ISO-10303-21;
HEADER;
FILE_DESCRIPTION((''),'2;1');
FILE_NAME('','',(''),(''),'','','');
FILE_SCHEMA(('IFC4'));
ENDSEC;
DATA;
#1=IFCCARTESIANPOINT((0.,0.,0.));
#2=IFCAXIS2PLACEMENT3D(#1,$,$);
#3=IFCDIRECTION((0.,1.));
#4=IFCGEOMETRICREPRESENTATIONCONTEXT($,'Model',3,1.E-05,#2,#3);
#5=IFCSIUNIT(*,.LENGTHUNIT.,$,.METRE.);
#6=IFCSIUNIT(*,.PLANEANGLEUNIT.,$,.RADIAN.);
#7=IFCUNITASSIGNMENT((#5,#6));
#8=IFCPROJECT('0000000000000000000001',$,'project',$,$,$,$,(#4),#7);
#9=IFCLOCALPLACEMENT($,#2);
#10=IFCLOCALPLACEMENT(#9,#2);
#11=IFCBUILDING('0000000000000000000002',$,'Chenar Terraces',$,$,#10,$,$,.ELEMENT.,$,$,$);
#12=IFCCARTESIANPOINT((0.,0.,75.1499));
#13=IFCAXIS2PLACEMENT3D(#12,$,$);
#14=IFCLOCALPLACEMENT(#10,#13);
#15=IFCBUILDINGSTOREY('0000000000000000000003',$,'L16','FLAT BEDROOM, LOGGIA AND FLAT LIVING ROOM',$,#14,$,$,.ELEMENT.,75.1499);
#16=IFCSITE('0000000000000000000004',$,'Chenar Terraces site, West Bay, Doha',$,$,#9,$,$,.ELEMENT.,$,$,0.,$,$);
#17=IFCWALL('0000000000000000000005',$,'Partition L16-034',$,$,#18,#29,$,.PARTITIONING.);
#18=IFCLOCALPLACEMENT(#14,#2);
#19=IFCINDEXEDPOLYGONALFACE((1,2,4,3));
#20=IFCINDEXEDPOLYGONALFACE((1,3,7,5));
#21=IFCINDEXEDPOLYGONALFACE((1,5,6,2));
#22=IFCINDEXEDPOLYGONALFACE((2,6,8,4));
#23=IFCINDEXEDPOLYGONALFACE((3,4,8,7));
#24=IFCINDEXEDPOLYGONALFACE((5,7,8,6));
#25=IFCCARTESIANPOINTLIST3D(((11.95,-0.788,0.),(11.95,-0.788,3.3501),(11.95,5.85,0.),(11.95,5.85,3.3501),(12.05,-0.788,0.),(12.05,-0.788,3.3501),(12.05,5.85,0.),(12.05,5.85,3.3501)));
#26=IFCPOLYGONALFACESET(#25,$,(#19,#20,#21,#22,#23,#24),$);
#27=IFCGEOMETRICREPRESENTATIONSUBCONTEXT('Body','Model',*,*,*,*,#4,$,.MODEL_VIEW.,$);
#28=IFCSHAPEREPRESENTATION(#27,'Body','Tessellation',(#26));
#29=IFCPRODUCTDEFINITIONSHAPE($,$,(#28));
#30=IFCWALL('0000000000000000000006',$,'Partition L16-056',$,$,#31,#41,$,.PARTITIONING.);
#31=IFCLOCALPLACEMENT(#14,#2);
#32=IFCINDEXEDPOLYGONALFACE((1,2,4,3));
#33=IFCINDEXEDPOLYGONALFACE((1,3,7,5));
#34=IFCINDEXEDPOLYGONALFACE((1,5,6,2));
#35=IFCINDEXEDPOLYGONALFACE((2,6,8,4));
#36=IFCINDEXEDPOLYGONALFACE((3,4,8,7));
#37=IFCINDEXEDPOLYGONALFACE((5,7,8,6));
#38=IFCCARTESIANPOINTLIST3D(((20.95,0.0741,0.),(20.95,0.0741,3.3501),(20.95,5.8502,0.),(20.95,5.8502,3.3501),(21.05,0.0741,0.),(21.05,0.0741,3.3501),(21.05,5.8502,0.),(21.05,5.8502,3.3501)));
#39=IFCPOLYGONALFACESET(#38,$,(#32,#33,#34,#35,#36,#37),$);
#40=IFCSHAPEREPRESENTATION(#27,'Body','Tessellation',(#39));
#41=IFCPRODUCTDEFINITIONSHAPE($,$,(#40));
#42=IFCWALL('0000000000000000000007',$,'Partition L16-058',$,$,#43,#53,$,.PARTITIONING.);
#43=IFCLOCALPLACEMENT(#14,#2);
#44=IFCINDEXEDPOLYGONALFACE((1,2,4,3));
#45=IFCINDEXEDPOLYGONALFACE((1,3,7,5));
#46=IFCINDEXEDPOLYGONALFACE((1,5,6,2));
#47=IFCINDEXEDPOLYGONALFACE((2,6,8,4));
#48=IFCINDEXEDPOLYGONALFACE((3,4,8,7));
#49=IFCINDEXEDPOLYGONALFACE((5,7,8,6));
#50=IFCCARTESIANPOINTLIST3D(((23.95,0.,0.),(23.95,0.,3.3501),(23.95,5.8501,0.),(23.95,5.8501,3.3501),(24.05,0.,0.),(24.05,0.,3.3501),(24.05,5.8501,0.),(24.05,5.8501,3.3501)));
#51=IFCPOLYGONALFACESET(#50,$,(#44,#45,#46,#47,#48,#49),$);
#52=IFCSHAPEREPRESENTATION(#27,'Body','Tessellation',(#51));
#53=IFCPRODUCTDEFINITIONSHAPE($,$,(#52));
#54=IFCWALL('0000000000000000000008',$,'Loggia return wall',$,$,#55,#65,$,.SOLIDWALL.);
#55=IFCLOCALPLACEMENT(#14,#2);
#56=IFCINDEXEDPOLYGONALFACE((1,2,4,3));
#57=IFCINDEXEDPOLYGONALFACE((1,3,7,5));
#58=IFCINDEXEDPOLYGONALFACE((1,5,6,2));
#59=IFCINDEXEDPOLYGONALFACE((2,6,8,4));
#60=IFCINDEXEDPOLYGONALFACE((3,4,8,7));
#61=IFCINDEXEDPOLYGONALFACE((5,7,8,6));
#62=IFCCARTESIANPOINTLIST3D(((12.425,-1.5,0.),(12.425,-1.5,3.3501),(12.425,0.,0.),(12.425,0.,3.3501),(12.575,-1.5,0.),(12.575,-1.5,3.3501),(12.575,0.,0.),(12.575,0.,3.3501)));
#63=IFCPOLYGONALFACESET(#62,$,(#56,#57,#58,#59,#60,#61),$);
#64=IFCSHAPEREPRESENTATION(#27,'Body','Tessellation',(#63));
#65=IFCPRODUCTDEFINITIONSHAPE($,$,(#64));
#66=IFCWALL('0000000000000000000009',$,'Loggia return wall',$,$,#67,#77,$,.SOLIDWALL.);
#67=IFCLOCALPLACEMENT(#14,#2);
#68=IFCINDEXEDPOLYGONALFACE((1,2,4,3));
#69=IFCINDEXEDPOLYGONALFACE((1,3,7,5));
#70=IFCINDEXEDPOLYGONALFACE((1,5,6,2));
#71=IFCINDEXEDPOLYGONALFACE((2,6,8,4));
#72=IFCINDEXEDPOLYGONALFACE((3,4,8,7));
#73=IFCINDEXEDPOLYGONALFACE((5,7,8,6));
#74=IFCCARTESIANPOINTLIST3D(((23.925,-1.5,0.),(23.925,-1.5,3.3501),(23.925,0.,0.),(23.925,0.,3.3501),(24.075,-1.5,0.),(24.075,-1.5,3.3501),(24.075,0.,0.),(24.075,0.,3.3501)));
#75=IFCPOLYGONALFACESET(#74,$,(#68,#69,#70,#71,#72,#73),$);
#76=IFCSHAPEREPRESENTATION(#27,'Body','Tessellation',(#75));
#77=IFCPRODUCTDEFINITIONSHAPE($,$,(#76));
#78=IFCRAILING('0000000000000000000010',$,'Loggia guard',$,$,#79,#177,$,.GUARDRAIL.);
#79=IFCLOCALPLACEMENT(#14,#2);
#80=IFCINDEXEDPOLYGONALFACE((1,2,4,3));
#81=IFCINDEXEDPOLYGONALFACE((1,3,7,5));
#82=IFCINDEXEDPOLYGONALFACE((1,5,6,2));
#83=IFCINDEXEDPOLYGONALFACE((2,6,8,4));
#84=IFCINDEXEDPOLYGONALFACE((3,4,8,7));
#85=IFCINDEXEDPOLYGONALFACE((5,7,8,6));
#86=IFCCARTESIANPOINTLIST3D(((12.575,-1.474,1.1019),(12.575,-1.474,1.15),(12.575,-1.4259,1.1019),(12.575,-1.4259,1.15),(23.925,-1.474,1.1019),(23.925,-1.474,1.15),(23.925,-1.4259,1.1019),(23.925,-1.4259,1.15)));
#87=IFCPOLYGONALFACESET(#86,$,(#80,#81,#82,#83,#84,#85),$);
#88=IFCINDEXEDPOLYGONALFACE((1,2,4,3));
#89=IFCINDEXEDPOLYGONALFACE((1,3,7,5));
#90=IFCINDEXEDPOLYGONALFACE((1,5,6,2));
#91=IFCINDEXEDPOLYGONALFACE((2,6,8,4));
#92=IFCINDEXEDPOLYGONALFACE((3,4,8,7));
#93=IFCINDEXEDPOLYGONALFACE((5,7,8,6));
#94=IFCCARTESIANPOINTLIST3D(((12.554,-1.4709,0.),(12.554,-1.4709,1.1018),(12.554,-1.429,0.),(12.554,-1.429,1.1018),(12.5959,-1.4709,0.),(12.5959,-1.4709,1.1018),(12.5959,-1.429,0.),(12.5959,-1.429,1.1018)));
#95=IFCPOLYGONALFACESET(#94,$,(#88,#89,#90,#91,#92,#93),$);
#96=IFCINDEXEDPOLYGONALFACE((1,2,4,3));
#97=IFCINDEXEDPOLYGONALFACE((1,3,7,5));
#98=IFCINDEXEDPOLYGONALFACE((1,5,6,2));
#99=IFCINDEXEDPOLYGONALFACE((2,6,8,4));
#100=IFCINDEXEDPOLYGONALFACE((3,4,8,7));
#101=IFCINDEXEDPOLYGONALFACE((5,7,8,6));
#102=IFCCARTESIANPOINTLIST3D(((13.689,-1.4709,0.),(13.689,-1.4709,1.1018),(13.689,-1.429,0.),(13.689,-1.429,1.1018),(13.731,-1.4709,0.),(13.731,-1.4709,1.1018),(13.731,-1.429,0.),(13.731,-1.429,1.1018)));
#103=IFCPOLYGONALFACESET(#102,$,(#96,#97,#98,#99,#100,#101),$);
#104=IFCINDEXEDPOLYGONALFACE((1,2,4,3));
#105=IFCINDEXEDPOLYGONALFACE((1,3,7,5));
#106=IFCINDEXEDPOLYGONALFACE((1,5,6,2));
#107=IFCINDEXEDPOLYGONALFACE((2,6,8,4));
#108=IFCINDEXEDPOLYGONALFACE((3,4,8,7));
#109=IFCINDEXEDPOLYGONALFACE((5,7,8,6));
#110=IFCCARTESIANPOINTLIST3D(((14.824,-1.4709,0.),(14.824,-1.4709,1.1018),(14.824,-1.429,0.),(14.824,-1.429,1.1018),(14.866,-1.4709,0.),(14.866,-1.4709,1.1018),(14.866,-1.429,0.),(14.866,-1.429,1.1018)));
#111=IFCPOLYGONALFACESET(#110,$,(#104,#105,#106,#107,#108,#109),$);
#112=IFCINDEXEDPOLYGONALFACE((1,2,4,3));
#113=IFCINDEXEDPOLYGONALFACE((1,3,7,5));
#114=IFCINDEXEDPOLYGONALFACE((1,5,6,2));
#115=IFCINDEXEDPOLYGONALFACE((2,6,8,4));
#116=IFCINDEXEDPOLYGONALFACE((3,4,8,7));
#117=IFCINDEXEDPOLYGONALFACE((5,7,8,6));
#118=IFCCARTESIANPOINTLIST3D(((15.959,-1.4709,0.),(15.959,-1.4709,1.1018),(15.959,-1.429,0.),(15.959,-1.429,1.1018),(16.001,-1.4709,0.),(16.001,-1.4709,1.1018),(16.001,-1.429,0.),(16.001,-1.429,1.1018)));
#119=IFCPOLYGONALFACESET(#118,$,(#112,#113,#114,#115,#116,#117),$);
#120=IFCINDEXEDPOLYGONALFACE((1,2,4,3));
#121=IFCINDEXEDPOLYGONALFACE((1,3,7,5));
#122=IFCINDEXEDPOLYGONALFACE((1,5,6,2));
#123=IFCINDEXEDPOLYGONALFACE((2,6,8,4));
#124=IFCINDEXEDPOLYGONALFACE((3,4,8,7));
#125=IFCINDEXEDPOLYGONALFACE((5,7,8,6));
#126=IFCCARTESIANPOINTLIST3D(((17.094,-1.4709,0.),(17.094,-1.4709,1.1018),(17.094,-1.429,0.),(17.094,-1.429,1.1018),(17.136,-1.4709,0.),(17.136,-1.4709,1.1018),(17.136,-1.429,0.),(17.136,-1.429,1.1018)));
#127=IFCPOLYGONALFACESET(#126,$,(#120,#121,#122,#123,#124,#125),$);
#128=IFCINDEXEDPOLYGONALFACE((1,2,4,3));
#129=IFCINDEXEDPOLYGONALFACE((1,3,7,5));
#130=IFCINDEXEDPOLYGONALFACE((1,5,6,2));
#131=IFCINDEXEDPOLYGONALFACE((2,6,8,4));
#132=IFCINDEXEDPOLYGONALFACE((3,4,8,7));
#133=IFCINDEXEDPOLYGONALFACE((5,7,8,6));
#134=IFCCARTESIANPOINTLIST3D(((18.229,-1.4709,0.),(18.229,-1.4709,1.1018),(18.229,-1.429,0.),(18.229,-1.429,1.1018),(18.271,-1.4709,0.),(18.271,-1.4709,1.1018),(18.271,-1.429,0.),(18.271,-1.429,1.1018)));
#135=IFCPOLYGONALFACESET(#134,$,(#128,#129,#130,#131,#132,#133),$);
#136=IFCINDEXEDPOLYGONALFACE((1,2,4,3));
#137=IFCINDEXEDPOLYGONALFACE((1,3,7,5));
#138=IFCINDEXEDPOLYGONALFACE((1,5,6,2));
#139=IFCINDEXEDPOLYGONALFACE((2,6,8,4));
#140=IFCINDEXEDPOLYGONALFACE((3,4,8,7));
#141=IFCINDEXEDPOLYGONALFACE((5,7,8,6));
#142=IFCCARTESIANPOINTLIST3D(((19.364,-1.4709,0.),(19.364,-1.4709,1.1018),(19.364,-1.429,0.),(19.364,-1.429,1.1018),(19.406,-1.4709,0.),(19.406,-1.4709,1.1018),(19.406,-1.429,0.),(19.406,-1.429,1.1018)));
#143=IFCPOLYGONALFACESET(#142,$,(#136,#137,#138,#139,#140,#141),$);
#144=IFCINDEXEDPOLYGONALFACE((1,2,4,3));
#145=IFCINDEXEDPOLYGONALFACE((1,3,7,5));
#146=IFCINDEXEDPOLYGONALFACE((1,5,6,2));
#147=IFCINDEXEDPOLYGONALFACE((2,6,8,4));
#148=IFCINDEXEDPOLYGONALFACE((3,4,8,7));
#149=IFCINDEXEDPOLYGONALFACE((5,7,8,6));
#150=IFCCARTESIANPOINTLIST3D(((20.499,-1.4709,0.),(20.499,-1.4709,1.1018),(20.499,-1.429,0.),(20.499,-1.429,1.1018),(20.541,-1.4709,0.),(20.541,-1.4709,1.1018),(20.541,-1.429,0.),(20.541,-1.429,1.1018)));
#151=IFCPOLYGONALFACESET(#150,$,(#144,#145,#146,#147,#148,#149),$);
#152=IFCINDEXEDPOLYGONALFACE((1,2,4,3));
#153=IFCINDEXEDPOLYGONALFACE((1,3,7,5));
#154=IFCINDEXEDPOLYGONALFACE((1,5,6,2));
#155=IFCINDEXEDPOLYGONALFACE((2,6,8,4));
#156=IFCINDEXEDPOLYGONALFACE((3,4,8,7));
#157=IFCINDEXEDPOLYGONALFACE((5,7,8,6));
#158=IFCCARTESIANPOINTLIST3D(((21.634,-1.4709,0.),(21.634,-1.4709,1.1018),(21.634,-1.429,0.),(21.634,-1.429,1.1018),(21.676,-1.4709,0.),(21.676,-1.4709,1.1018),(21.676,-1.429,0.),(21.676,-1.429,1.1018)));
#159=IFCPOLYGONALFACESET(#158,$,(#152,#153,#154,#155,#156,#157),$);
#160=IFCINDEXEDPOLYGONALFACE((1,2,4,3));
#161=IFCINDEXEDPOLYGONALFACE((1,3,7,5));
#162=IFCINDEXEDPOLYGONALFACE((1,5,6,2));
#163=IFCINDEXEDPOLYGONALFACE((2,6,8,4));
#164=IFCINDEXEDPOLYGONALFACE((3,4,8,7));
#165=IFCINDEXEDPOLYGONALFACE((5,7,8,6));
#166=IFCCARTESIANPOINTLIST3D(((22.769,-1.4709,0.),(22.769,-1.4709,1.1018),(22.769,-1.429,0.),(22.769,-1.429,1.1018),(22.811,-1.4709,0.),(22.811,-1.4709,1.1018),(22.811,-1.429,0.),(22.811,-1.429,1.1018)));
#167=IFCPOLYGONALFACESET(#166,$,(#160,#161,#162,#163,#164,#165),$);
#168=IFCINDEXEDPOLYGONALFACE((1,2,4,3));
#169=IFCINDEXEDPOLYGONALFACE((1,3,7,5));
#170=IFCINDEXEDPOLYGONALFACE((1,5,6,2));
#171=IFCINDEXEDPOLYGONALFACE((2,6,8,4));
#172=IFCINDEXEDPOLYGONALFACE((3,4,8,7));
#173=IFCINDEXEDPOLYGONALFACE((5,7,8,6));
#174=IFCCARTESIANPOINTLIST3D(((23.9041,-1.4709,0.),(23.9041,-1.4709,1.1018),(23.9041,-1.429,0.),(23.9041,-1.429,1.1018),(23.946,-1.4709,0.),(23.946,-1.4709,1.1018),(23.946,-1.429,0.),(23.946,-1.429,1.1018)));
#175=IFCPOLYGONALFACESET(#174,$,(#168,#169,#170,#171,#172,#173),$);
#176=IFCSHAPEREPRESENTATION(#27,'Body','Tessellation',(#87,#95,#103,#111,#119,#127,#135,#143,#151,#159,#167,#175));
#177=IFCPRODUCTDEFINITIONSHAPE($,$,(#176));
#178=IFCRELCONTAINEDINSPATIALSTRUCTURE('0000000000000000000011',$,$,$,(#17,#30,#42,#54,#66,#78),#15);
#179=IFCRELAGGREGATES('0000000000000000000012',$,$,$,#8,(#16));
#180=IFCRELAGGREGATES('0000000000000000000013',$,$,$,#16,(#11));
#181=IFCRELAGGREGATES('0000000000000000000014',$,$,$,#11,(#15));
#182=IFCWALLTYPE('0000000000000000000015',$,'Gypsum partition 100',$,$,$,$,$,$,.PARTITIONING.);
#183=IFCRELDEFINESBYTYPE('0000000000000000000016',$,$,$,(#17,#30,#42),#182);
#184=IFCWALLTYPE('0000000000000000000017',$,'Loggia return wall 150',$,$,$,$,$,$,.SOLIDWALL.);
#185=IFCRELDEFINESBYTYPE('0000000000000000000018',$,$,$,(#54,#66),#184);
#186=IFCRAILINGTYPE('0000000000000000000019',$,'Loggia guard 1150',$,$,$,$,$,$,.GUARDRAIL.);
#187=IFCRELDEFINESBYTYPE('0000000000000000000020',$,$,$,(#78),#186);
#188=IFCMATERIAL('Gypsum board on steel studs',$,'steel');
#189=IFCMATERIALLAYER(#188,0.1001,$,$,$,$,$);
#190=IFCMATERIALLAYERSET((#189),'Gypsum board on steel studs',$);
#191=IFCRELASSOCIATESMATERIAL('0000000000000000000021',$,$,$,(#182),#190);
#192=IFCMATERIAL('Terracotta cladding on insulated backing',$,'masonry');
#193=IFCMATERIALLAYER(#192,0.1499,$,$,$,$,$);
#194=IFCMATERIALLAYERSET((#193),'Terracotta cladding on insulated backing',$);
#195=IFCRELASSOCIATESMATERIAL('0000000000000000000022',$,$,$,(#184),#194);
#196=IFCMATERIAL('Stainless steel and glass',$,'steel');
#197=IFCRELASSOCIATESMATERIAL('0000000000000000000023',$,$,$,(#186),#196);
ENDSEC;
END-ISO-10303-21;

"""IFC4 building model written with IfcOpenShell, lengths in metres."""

from ifc_helpers import new_model, si_unit, direction, frame, frame_2d, origin, origin_2d, place, context, subcontext, project, spatial, rectangle, extrude, material, layer, layer_set, type_object, element, save


model = new_model("IFC4")

# Units and contexts
model_context = context("Model", 3, precision=1e-05, world=origin(), true_north=direction((0.0, 1.0)))
body_context = subcontext(model_context, "Body", "Model", "MODEL_VIEW")
ifc_project = project(units=[si_unit("LENGTHUNIT", "METRE"), si_unit("PLANEANGLEUNIT", "RADIAN")], contexts=[model_context])

# Site, building, storey
site_placement = place(None, origin())
site = spatial("IfcSite", under=ifc_project, at=site_placement, Name="Chenar Terraces site, West Bay, Doha", CompositionType="ELEMENT", RefElevation=0.0)
building_placement = place(site_placement, origin())
building = spatial("IfcBuilding", under=site, at=building_placement, Name="Chenar Terraces", CompositionType="ELEMENT")
storey_placement = place(building_placement, frame((0.0, 0.0, 75.1499)))
storey = spatial("IfcBuildingStorey", under=building, at=storey_placement, Name="L16", Description="FLAT BEDROOM, LOGGIA AND FLAT LIVING ROOM", CompositionType="ELEMENT", Elevation=75.1499)

# Walls
ifc_material_1 = material(Name="Gypsum board on steel studs", Category="steel")
ifc_layer_1 = layer(ifc_material_1, 0.1001)
ifc_layer_set_1 = layer_set([ifc_layer_1], Name="Gypsum board on steel studs")
wall_type_1 = type_object("IfcWallType", Name="Gypsum partition 100", PredefinedType="PARTITIONING", material=ifc_layer_set_1)
wall_1_placement = place(storey_placement, frame((12.0, -0.7878, 0.0), z_axis=(0.0, 0.0, 1.0), x_axis=(0.0, 1.0, 0.0)))
element("IfcWall", 1, at=wall_1_placement, inside=storey, type_object=wall_type_1, Name="Partition L16-034", PredefinedType="PARTITIONING", context=body_context, shape_type="SweptSolid", body=[
    extrude(rectangle(XDim=6.6379, YDim=0.1001, at=frame_2d((3.3188, 0.0))), origin(), (0.0, 0.0, 1.0), 3.3501),
])
wall_2_placement = place(storey_placement, frame((21.0, 0.074, 0.0), z_axis=(0.0, 0.0, 1.0), x_axis=(0.0, 1.0, 0.0)))
element("IfcWall", 2, at=wall_2_placement, inside=storey, type_object=wall_type_1, Name="Partition L16-056", PredefinedType="PARTITIONING", context=body_context, shape_type="SweptSolid", body=[
    extrude(rectangle(XDim=5.7761, YDim=0.1001, at=frame_2d((2.8882, 0.0))), origin(), (0.0, 0.0, 1.0), 3.3501),
])
wall_3_placement = place(storey_placement, frame((24.0, 0.0, 0.0), z_axis=(0.0, 0.0, 1.0), x_axis=(0.0, 1.0, 0.0)))
element("IfcWall", 3, at=wall_3_placement, inside=storey, type_object=wall_type_1, Name="Partition L16-058", PredefinedType="PARTITIONING", context=body_context, shape_type="SweptSolid", body=[
    extrude(rectangle(XDim=5.8501, YDim=0.1001, at=frame_2d((2.925, 0.0))), origin(), (0.0, 0.0, 1.0), 3.3501),
])
ifc_material_2 = material(Name="Terracotta cladding on insulated backing", Category="masonry")
ifc_layer_2 = layer(ifc_material_2, 0.1499)
ifc_layer_set_2 = layer_set([ifc_layer_2], Name="Terracotta cladding on insulated backing")
wall_type_2 = type_object("IfcWallType", Name="Loggia return wall 150", PredefinedType="SOLIDWALL", material=ifc_layer_set_2)
for number, where, z_axis, x_axis, name in (
    (4, (12.5, -1.5, 0.0), (0.0, 0.0, 1.0), (0.0, 1.0, 0.0), "Loggia return wall"),
    (5, (24.0, -1.5, 0.0), (0.0, 0.0, 1.0), (0.0, 1.0, 0.0), "Loggia return wall"),
):
    element("IfcWall", number, at=place(storey_placement, frame(where, z_axis=z_axis, x_axis=x_axis)), inside=storey, type_object=wall_type_2, Name=name, PredefinedType="SOLIDWALL", context=body_context, shape_type="SweptSolid", body=[
        extrude(rectangle(XDim=1.5, YDim=0.1499, at=frame_2d((0.75, 0.0))), origin(), (0.0, 0.0, 1.0), 3.3501),
    ])

# Railing
ifc_material_3 = material(Name="Stainless steel and glass", Category="steel")
railing_type = type_object("IfcRailingType", Name="Loggia guard 1150", PredefinedType="GUARDRAIL", material=ifc_material_3)
railing_placement = place(storey_placement, frame((12.575, -1.45, 0.0)))
element("IfcRailing", 6, at=railing_placement, inside=storey, type_object=railing_type, Name="Loggia guard", PredefinedType="GUARDRAIL", context=body_context, shape_type="SweptSolid", body=[
    extrude(rectangle(XDim=0.0481, YDim=0.0481, at=origin_2d()), frame((0.0, 0.0, 1.126), z_axis=(1.0, 0.0, 0.0), x_axis=(0.0, 1.0, 0.0)), (0.0, 0.0, 1.0), 11.3501),
    extrude(rectangle(XDim=0.042, YDim=0.042, at=origin_2d()), origin(), (0.0, 0.0, 1.0), 1.1018),
    extrude(rectangle(XDim=0.042, YDim=0.042, at=origin_2d()), frame((1.135, 0.0, 0.0)), (0.0, 0.0, 1.0), 1.1018),
    extrude(rectangle(XDim=0.042, YDim=0.042, at=origin_2d()), frame((2.27, 0.0, 0.0)), (0.0, 0.0, 1.0), 1.1018),
    extrude(rectangle(XDim=0.042, YDim=0.042, at=origin_2d()), frame((3.405, 0.0, 0.0)), (0.0, 0.0, 1.0), 1.1018),
    extrude(rectangle(XDim=0.042, YDim=0.042, at=origin_2d()), frame((4.54, 0.0, 0.0)), (0.0, 0.0, 1.0), 1.1018),
    extrude(rectangle(XDim=0.042, YDim=0.042, at=origin_2d()), frame((5.675, 0.0, 0.0)), (0.0, 0.0, 1.0), 1.1018),
    extrude(rectangle(XDim=0.042, YDim=0.042, at=origin_2d()), frame((6.8101, 0.0, 0.0)), (0.0, 0.0, 1.0), 1.1018),
    extrude(rectangle(XDim=0.042, YDim=0.042, at=origin_2d()), frame((7.9451, 0.0, 0.0)), (0.0, 0.0, 1.0), 1.1018),
    extrude(rectangle(XDim=0.042, YDim=0.042, at=origin_2d()), frame((9.0801, 0.0, 0.0)), (0.0, 0.0, 1.0), 1.1018),
    extrude(rectangle(XDim=0.042, YDim=0.042, at=origin_2d()), frame((10.2151, 0.0, 0.0)), (0.0, 0.0, 1.0), 1.1018),
    extrude(rectangle(XDim=0.042, YDim=0.042, at=origin_2d()), frame((11.3501, 0.0, 0.0)), (0.0, 0.0, 1.0), 1.1018),
])

save(model, "model.ifc")
